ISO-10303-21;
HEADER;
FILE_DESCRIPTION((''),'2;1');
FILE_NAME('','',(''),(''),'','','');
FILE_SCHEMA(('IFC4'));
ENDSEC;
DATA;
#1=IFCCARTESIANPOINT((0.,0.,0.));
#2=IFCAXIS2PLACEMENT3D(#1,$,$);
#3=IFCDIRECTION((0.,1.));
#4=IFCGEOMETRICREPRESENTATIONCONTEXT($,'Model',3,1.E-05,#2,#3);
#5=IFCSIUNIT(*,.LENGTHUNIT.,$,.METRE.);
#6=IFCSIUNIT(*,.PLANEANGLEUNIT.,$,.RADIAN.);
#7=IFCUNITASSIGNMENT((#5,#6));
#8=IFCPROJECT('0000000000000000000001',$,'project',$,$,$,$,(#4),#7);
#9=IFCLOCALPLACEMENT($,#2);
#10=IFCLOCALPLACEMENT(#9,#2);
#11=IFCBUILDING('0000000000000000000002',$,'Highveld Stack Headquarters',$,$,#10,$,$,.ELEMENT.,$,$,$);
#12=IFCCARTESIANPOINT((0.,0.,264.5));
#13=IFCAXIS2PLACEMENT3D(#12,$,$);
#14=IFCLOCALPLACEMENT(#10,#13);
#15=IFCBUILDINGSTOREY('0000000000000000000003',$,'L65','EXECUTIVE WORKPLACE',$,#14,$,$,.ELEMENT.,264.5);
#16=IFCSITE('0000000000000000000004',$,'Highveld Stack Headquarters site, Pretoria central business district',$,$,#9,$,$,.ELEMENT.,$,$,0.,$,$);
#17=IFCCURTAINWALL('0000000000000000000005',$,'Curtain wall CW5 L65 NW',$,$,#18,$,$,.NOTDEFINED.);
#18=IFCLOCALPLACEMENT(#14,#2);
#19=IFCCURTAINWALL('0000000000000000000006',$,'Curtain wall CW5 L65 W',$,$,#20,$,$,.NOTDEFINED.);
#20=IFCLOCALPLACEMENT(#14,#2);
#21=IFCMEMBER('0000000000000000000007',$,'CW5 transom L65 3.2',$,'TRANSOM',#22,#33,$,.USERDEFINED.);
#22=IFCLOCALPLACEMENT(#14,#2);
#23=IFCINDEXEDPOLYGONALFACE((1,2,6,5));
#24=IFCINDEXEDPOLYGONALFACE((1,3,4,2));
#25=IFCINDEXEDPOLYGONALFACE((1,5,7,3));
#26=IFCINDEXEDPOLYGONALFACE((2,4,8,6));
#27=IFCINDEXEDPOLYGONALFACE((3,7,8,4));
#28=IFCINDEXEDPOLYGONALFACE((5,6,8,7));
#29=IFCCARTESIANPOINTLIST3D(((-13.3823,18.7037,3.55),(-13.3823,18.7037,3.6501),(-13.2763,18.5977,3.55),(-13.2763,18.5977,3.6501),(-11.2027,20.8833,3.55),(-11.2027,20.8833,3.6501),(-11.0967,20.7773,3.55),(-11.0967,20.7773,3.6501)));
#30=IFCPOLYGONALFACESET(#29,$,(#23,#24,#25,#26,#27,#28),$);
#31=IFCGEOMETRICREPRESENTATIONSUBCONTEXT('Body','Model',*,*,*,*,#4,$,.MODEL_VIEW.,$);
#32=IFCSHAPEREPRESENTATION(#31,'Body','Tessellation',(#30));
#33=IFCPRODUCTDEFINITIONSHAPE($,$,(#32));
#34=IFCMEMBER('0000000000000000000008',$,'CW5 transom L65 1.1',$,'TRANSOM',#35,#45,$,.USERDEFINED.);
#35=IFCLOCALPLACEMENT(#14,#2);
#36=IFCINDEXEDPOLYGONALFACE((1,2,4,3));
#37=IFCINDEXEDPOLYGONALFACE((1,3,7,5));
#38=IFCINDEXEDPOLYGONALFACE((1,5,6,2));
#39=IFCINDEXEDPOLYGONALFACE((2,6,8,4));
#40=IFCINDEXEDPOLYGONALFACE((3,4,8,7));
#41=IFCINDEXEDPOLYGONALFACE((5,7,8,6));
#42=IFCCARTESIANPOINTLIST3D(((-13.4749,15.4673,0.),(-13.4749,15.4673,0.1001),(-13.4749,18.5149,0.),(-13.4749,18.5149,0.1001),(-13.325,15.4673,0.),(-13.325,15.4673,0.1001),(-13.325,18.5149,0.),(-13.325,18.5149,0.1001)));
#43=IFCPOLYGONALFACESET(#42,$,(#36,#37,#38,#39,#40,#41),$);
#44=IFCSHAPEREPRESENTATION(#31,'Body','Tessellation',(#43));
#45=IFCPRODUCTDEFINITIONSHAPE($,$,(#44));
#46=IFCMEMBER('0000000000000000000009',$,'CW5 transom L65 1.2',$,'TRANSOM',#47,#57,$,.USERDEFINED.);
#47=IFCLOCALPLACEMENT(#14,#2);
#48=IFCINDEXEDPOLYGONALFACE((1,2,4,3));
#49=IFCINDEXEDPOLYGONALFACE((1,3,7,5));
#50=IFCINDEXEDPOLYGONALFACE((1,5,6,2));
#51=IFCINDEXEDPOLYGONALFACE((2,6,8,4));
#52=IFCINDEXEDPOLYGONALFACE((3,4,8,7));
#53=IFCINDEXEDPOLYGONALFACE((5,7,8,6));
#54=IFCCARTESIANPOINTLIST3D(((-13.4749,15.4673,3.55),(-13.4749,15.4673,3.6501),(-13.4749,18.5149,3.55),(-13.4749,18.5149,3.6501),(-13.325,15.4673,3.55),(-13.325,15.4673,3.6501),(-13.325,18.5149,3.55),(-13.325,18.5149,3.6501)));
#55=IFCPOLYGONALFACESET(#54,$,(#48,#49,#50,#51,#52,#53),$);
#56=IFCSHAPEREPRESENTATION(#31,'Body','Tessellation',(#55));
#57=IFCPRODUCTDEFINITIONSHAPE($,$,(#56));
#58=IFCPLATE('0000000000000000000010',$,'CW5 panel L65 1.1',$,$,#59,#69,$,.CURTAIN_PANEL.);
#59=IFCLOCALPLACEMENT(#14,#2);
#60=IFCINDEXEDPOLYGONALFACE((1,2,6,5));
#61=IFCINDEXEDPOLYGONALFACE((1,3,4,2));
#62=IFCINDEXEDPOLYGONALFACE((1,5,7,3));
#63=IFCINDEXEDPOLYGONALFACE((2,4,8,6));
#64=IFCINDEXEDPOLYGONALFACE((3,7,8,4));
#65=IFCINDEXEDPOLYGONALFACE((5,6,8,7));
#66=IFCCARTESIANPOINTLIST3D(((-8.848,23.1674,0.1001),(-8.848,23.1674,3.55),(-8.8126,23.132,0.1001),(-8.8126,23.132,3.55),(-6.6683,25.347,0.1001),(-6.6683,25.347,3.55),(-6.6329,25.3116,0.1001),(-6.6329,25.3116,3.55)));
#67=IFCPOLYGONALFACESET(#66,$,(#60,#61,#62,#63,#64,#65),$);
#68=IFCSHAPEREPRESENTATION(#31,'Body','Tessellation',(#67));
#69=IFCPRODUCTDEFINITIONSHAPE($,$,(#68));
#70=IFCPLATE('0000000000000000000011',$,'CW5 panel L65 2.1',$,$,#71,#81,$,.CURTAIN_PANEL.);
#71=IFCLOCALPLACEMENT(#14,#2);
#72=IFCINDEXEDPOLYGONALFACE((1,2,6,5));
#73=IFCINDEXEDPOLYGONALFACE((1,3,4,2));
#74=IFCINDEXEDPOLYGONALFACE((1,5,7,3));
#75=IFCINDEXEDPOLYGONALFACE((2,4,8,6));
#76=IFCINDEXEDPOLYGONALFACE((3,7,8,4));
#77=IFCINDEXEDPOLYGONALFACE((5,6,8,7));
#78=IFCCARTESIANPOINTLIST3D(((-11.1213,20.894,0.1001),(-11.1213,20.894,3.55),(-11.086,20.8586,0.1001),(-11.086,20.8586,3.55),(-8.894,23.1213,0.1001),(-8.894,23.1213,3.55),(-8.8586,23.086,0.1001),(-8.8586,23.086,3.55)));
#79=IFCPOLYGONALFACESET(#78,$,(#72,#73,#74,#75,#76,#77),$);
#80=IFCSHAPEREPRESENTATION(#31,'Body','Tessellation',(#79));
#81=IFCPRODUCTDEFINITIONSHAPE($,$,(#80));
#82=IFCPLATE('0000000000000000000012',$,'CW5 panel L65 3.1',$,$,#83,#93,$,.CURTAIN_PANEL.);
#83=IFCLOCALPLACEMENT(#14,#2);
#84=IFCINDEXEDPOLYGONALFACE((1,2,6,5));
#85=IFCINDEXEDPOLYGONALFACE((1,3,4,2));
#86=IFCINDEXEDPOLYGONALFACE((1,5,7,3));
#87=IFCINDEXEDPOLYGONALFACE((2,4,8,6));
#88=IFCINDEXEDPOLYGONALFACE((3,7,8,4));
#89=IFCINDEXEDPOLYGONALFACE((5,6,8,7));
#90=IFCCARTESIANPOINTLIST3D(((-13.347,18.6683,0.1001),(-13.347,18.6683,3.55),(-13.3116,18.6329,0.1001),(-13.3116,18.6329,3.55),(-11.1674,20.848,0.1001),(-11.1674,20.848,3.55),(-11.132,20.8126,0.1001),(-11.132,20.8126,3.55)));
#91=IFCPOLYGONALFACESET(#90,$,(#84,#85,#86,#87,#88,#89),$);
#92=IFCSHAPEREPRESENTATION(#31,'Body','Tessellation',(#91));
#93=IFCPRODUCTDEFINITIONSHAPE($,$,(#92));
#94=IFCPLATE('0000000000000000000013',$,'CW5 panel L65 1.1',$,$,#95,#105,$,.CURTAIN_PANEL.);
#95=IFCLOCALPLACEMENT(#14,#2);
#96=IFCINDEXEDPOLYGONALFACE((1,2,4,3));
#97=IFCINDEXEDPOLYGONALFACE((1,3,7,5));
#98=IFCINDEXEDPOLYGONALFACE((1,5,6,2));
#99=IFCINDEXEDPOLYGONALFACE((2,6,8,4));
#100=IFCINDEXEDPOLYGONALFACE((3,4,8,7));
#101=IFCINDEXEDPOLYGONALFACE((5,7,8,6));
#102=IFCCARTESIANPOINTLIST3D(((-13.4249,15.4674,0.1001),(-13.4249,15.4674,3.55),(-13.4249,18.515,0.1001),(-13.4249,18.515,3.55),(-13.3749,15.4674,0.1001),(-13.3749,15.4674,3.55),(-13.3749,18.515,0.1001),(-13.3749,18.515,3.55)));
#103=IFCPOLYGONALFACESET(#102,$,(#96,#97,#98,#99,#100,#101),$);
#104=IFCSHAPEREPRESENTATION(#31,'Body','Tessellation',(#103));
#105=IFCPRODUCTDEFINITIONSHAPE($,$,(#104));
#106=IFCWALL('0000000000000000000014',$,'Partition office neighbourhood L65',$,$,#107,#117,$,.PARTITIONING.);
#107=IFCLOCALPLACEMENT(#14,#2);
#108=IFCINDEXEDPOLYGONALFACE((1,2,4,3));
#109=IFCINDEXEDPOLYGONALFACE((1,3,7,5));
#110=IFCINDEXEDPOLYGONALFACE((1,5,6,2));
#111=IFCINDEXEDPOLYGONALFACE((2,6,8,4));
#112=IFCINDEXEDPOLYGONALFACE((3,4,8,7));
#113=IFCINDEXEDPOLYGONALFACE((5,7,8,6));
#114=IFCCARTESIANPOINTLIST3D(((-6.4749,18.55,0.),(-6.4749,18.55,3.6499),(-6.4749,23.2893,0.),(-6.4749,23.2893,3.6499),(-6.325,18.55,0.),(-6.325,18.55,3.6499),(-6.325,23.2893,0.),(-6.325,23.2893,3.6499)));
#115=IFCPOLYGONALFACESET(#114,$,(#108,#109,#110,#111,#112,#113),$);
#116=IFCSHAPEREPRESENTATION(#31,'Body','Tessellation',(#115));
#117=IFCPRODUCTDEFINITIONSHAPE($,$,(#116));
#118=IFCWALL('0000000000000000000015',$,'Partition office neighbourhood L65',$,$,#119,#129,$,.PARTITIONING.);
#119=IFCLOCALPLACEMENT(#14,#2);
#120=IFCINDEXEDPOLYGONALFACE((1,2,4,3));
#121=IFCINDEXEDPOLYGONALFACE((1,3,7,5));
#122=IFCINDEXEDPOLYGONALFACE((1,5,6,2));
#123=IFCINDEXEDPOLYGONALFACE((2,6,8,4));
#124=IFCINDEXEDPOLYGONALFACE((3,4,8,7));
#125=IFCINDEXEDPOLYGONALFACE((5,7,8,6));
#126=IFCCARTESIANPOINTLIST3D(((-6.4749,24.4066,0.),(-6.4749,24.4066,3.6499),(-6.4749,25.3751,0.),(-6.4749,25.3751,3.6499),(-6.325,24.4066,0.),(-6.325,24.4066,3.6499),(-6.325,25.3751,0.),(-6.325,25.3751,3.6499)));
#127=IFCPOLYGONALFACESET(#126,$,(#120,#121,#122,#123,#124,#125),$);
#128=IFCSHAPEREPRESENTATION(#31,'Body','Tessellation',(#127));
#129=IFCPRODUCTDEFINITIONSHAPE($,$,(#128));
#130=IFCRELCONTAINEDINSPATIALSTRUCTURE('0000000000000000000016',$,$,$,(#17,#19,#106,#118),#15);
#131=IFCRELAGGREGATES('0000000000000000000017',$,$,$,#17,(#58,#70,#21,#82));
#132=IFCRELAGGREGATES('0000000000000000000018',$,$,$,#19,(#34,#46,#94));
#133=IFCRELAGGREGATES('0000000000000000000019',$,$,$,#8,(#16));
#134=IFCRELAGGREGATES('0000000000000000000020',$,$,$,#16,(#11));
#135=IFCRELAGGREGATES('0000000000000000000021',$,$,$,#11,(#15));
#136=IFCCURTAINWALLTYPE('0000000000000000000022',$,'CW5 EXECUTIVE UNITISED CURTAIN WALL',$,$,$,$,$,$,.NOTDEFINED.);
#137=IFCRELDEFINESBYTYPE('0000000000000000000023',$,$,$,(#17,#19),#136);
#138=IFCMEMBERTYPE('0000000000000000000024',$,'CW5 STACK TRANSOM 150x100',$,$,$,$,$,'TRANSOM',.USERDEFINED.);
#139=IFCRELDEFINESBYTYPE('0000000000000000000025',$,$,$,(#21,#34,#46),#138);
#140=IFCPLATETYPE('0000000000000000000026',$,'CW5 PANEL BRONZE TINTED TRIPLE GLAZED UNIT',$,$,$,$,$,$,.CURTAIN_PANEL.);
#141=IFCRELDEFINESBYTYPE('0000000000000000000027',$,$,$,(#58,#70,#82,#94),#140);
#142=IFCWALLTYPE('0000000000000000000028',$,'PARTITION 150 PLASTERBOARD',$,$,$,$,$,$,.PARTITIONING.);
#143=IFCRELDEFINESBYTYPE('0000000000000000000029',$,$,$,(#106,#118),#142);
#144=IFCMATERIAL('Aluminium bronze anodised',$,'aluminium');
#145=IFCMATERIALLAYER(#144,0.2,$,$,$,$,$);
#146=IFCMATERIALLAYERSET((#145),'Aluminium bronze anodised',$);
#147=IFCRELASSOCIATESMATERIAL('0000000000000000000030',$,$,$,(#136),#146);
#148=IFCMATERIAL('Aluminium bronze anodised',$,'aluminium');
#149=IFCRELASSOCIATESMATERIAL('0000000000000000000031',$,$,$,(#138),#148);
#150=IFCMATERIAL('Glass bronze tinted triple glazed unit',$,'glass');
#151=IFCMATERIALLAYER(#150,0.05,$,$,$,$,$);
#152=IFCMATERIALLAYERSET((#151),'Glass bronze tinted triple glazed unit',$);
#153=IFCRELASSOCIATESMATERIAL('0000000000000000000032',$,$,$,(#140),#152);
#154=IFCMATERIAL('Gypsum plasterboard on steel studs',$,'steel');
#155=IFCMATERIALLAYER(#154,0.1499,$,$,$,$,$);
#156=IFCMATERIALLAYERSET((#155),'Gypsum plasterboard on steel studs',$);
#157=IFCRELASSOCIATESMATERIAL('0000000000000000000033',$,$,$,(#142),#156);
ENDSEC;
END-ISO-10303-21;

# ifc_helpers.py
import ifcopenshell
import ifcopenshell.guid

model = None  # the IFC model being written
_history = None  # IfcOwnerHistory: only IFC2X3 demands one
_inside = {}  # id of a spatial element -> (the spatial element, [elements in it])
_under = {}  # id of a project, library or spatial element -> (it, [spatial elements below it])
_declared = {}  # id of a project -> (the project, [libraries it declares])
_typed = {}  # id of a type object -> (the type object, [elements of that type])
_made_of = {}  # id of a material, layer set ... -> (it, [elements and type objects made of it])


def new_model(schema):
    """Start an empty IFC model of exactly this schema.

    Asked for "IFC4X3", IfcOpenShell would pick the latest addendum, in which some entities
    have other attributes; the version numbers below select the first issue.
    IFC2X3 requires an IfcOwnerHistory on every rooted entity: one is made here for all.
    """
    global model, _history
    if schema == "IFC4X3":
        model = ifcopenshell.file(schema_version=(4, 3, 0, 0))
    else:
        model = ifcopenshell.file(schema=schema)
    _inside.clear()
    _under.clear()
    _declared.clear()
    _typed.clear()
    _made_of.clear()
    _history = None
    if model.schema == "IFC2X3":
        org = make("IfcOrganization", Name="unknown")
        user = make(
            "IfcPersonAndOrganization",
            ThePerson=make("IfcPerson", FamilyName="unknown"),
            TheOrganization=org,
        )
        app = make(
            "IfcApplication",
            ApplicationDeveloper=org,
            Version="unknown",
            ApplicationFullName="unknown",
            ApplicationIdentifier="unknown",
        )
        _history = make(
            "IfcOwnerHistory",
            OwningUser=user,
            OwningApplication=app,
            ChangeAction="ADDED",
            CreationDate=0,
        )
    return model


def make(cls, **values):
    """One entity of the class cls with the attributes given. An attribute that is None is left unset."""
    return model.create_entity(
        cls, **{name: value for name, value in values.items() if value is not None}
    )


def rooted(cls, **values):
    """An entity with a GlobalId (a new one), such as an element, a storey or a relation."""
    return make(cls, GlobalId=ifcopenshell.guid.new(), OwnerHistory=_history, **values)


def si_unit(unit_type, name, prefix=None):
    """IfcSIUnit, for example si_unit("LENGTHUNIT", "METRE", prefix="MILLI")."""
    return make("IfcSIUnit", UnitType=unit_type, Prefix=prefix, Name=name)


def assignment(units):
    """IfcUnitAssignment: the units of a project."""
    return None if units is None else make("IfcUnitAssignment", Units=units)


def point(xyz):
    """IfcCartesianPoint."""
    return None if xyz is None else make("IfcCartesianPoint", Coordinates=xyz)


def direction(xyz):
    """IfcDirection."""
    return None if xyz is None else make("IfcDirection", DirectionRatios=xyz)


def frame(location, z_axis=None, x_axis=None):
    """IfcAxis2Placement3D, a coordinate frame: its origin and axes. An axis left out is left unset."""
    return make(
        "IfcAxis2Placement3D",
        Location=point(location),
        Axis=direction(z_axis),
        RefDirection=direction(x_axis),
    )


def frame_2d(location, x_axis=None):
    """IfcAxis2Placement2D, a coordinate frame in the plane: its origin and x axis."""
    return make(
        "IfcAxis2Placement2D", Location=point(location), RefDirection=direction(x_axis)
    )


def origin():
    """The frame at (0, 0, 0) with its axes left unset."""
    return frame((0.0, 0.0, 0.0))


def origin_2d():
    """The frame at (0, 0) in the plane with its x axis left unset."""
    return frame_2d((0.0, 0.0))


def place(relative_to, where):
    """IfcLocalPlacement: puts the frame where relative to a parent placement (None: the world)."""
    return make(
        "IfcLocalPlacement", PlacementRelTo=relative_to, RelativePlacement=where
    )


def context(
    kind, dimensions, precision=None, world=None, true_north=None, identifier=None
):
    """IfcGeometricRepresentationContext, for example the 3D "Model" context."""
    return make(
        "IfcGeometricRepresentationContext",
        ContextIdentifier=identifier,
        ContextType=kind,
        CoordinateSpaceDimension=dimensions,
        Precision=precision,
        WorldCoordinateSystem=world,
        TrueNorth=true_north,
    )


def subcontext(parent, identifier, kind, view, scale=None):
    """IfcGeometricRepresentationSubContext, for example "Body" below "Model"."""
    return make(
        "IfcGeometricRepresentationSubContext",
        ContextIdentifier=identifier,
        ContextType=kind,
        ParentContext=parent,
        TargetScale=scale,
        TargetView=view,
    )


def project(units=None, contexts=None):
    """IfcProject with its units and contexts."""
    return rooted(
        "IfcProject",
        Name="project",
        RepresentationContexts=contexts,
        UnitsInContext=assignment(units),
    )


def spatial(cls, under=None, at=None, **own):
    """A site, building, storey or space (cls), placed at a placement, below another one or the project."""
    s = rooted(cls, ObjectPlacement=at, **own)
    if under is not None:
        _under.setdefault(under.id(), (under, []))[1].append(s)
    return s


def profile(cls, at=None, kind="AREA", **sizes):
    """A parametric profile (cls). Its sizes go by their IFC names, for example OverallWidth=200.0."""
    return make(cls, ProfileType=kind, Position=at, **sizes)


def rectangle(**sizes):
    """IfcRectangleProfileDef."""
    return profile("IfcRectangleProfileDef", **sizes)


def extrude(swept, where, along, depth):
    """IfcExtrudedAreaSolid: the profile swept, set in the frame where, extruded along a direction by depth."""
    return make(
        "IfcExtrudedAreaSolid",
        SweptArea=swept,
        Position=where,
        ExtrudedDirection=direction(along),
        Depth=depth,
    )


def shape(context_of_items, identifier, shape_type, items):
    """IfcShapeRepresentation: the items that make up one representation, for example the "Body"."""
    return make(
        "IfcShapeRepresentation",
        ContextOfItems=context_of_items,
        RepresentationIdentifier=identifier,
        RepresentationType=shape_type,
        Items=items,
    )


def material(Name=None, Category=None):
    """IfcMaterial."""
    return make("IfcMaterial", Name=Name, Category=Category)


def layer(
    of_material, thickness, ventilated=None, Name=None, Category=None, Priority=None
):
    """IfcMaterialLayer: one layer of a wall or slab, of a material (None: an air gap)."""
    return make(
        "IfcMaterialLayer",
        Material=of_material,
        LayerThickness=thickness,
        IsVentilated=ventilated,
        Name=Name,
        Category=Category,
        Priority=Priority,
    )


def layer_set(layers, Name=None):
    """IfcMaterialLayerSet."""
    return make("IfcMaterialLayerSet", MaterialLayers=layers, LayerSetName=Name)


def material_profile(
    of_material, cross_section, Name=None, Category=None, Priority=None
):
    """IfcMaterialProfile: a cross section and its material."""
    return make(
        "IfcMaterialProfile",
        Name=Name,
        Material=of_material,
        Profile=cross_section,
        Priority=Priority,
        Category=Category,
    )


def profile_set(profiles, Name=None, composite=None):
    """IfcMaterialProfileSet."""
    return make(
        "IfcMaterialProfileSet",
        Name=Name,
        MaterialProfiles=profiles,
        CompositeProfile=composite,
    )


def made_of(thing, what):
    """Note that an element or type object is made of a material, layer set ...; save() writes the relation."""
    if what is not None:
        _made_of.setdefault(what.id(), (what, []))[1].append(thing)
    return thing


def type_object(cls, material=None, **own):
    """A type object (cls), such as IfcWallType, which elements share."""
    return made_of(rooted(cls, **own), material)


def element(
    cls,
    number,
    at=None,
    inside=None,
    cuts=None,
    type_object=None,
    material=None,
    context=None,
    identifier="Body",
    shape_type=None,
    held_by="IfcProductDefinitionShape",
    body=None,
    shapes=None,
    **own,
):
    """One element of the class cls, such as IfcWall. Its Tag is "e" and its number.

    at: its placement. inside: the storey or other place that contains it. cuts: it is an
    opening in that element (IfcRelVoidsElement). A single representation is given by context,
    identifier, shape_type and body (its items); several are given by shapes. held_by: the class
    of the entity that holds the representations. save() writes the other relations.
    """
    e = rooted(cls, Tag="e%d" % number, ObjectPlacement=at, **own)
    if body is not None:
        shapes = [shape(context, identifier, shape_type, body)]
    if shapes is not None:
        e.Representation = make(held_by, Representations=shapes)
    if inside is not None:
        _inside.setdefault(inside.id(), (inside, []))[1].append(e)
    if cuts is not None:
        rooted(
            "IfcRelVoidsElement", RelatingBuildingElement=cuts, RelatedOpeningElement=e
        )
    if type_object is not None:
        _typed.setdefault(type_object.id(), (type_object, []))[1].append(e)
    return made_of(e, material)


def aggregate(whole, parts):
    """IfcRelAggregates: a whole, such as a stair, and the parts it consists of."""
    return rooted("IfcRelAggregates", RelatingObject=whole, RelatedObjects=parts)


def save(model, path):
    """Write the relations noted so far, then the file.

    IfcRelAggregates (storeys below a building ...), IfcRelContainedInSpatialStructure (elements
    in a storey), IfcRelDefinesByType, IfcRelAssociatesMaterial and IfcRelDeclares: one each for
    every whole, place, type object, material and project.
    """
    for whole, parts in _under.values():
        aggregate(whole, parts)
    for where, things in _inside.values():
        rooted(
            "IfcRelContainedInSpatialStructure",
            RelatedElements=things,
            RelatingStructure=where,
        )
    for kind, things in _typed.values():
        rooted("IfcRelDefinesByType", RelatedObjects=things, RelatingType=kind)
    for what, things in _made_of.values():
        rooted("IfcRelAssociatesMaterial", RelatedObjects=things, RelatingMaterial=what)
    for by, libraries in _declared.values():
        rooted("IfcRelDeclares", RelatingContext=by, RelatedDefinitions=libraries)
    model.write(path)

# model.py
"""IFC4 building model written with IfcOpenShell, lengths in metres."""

from ifc_helpers import new_model, si_unit, direction, frame, frame_2d, origin, origin_2d, place, context, subcontext, project, spatial, rectangle, extrude, material, layer, layer_set, material_profile, profile_set, type_object, element, aggregate, save


model = new_model("IFC4")

# Units and contexts
model_context = context("Model", 3, precision=1e-05, world=origin(), true_north=direction((0.0, 1.0)))
body_context = subcontext(model_context, "Body", "Model", "MODEL_VIEW")
ifc_project = project(units=[si_unit("LENGTHUNIT", "METRE"), si_unit("PLANEANGLEUNIT", "RADIAN")], contexts=[model_context])

# Site, building, storey
site_placement = place(None, origin())
site = spatial("IfcSite", under=ifc_project, at=site_placement, Name="Highveld Stack Headquarters site, Pretoria central business district", CompositionType="ELEMENT", RefElevation=0.0)
building_placement = place(site_placement, origin())
building = spatial("IfcBuilding", under=site, at=building_placement, Name="Highveld Stack Headquarters", CompositionType="ELEMENT")
storey_placement = place(building_placement, frame((0.0, 0.0, 264.5)))
storey = spatial("IfcBuildingStorey", under=building, at=storey_placement, Name="L65", Description="EXECUTIVE WORKPLACE", CompositionType="ELEMENT", Elevation=264.5)

# Shared definitions
ifc_material_1 = material(Name="Aluminium bronze anodised", Category="aluminium")
ifc_layer_1 = layer(ifc_material_1, 0.2)
ifc_layer_set_1 = layer_set([ifc_layer_1], Name="Aluminium bronze anodised")
curtain_wall_type = type_object("IfcCurtainWallType", Name="CW5 EXECUTIVE UNITISED CURTAIN WALL", PredefinedType="NOTDEFINED", material=ifc_layer_set_1)

# Curtain wall
curtain_wall_1_placement = place(storey_placement, origin())
curtain_wall_1 = element("IfcCurtainWall", 1, at=curtain_wall_1_placement, inside=storey, type_object=curtain_wall_type, Name="Curtain wall CW5 L65 NW", PredefinedType="NOTDEFINED")

# Curtain wall
curtain_wall_2_placement = place(storey_placement, origin())
curtain_wall_2 = element("IfcCurtainWall", 2, at=curtain_wall_2_placement, inside=storey, type_object=curtain_wall_type, Name="Curtain wall CW5 L65 W", PredefinedType="NOTDEFINED")

# Members
ifc_material_2 = material(Name="Aluminium bronze anodised", Category="aluminium")
ifc_material_profile_1 = material_profile(ifc_material_2, rectangle(XDim=0.1499, YDim=0.1001, at=origin_2d()), Name="CW5 TRANSOM 150x100")
ifc_profile_set_1 = profile_set([ifc_material_profile_1], Name="Aluminium bronze anodised")
member_type_1 = type_object("IfcMemberType", Name="CW5 STACK TRANSOM 150x100", ElementType="TRANSOM", PredefinedType="USERDEFINED", material=ifc_profile_set_1)
member_1_placement = place(storey_placement, frame((-11.1497, 20.8303, 3.6001), z_axis=(-0.707107, -0.707107, 0.0), x_axis=(0.707107, -0.707107, 0.0)))
member_1 = element("IfcMember", 3, at=member_1_placement, type_object=member_type_1, Name="CW5 transom L65 3.2", ObjectType="TRANSOM", PredefinedType="USERDEFINED", context=body_context, shape_type="SweptSolid", body=[
    extrude(rectangle(XDim=0.1499, YDim=0.1001, at=origin_2d()), origin(), (0.0, 0.0, 1.0), 3.0825),
])
member_2_placement = place(storey_placement, frame((-13.3999, 18.5149, 0.05), z_axis=(0.0, -1.0, 0.0), x_axis=(1.0, 0.0, 0.0)))
member_2 = element("IfcMember", 4, at=member_2_placement, type_object=member_type_1, Name="CW5 transom L65 1.1", ObjectType="TRANSOM", PredefinedType="USERDEFINED", context=body_context, shape_type="SweptSolid", body=[
    extrude(rectangle(XDim=0.1499, YDim=0.1001, at=origin_2d()), origin(), (0.0, 0.0, 1.0), 3.0476),
])
member_3_placement = place(storey_placement, frame((-13.3999, 18.5149, 3.6001), z_axis=(0.0, -1.0, 0.0), x_axis=(1.0, 0.0, 0.0)))
member_3 = element("IfcMember", 5, at=member_3_placement, type_object=member_type_1, Name="CW5 transom L65 1.2", ObjectType="TRANSOM", PredefinedType="USERDEFINED", context=body_context, shape_type="SweptSolid", body=[
    extrude(rectangle(XDim=0.1499, YDim=0.1001, at=origin_2d()), origin(), (0.0, 0.0, 1.0), 3.0476),
])

# Plates
ifc_material_3 = material(Name="Glass bronze tinted triple glazed unit", Category="glass")
ifc_layer_2 = layer(ifc_material_3, 0.05)
ifc_layer_set_2 = layer_set([ifc_layer_2], Name="Glass bronze tinted triple glazed unit")
plate_type = type_object("IfcPlateType", Name="CW5 PANEL BRONZE TINTED TRIPLE GLAZED UNIT", PredefinedType="CURTAIN_PANEL", material=ifc_layer_set_2)
plate_1_placement = place(storey_placement, frame((-7.7405, 24.2395, 0.1001), z_axis=(0.0, 0.0, 1.0), x_axis=(-0.707107, -0.707107, 0.0)))
plate_1 = element("IfcPlate", 6, at=plate_1_placement, type_object=plate_type, Name="CW5 panel L65 1.1", PredefinedType="CURTAIN_PANEL", context=body_context, shape_type="SweptSolid", body=[
    extrude(rectangle(XDim=3.0825, YDim=0.05, at=origin_2d()), origin(), (0.0, 0.0, 1.0), 3.45),
])
plate_2_placement = place(storey_placement, frame((-9.99, 21.99, 0.1001), z_axis=(0.0, 0.0, 1.0), x_axis=(-0.707107, -0.707107, 0.0)))
plate_2 = element("IfcPlate", 7, at=plate_2_placement, type_object=plate_type, Name="CW5 panel L65 2.1", PredefinedType="CURTAIN_PANEL", context=body_context, shape_type="SweptSolid", body=[
    extrude(rectangle(XDim=3.1499, YDim=0.05, at=origin_2d()), origin(), (0.0, 0.0, 1.0), 3.45),
])
plate_3_placement = place(storey_placement, frame((-12.2395, 19.7405, 0.1001), z_axis=(0.0, 0.0, 1.0), x_axis=(-0.707107, -0.707107, 0.0)))
plate_3 = element("IfcPlate", 8, at=plate_3_placement, type_object=plate_type, Name="CW5 panel L65 3.1", PredefinedType="CURTAIN_PANEL", context=body_context, shape_type="SweptSolid", body=[
    extrude(rectangle(XDim=3.0825, YDim=0.05, at=origin_2d()), origin(), (0.0, 0.0, 1.0), 3.45),
])
aggregate(curtain_wall_1, [plate_1, plate_2, member_1, plate_3])
plate_4_placement = place(storey_placement, frame((-13.3999, 16.9912, 0.1001), z_axis=(0.0, 0.0, 1.0), x_axis=(0.0, -1.0, 0.0)))
plate_4 = element("IfcPlate", 9, at=plate_4_placement, type_object=plate_type, Name="CW5 panel L65 1.1", PredefinedType="CURTAIN_PANEL", context=body_context, shape_type="SweptSolid", body=[
    extrude(rectangle(XDim=3.0476, YDim=0.05, at=origin_2d()), origin(), (0.0, 0.0, 1.0), 3.45),
])
aggregate(curtain_wall_2, [member_2, member_3, plate_4])

# Walls
ifc_material_4 = material(Name="Gypsum plasterboard on steel studs", Category="steel")
ifc_layer_3 = layer(ifc_material_4, 0.1499)
ifc_layer_set_3 = layer_set([ifc_layer_3], Name="Gypsum plasterboard on steel studs")
wall_type = type_object("IfcWallType", Name="PARTITION 150 PLASTERBOARD", PredefinedType="PARTITIONING", material=ifc_layer_set_3)
wall_1_placement = place(storey_placement, frame((-6.3999, 18.55, 0.0), z_axis=(0.0, 0.0, 1.0), x_axis=(0.0, 1.0, 0.0)))
element("IfcWall", 10, at=wall_1_placement, inside=storey, type_object=wall_type, Name="Partition office neighbourhood L65", PredefinedType="PARTITIONING", context=body_context, shape_type="SweptSolid", body=[
    extrude(rectangle(XDim=4.7393, YDim=0.1499, at=frame_2d((2.3696, 0.0))), origin(), (0.0, 0.0, 1.0), 3.6499),
])
wall_2_placement = place(storey_placement, frame((-6.3999, 24.4065, 0.0), z_axis=(0.0, 0.0, 1.0), x_axis=(0.0, 1.0, 0.0)))
element("IfcWall", 11, at=wall_2_placement, inside=storey, type_object=wall_type, Name="Partition office neighbourhood L65", PredefinedType="PARTITIONING", context=body_context, shape_type="SweptSolid", body=[
    extrude(rectangle(XDim=0.9685, YDim=0.1499, at=frame_2d((0.4844, 0.0))), origin(), (0.0, 0.0, 1.0), 3.6499),
])

save(model, "model.ifc")
